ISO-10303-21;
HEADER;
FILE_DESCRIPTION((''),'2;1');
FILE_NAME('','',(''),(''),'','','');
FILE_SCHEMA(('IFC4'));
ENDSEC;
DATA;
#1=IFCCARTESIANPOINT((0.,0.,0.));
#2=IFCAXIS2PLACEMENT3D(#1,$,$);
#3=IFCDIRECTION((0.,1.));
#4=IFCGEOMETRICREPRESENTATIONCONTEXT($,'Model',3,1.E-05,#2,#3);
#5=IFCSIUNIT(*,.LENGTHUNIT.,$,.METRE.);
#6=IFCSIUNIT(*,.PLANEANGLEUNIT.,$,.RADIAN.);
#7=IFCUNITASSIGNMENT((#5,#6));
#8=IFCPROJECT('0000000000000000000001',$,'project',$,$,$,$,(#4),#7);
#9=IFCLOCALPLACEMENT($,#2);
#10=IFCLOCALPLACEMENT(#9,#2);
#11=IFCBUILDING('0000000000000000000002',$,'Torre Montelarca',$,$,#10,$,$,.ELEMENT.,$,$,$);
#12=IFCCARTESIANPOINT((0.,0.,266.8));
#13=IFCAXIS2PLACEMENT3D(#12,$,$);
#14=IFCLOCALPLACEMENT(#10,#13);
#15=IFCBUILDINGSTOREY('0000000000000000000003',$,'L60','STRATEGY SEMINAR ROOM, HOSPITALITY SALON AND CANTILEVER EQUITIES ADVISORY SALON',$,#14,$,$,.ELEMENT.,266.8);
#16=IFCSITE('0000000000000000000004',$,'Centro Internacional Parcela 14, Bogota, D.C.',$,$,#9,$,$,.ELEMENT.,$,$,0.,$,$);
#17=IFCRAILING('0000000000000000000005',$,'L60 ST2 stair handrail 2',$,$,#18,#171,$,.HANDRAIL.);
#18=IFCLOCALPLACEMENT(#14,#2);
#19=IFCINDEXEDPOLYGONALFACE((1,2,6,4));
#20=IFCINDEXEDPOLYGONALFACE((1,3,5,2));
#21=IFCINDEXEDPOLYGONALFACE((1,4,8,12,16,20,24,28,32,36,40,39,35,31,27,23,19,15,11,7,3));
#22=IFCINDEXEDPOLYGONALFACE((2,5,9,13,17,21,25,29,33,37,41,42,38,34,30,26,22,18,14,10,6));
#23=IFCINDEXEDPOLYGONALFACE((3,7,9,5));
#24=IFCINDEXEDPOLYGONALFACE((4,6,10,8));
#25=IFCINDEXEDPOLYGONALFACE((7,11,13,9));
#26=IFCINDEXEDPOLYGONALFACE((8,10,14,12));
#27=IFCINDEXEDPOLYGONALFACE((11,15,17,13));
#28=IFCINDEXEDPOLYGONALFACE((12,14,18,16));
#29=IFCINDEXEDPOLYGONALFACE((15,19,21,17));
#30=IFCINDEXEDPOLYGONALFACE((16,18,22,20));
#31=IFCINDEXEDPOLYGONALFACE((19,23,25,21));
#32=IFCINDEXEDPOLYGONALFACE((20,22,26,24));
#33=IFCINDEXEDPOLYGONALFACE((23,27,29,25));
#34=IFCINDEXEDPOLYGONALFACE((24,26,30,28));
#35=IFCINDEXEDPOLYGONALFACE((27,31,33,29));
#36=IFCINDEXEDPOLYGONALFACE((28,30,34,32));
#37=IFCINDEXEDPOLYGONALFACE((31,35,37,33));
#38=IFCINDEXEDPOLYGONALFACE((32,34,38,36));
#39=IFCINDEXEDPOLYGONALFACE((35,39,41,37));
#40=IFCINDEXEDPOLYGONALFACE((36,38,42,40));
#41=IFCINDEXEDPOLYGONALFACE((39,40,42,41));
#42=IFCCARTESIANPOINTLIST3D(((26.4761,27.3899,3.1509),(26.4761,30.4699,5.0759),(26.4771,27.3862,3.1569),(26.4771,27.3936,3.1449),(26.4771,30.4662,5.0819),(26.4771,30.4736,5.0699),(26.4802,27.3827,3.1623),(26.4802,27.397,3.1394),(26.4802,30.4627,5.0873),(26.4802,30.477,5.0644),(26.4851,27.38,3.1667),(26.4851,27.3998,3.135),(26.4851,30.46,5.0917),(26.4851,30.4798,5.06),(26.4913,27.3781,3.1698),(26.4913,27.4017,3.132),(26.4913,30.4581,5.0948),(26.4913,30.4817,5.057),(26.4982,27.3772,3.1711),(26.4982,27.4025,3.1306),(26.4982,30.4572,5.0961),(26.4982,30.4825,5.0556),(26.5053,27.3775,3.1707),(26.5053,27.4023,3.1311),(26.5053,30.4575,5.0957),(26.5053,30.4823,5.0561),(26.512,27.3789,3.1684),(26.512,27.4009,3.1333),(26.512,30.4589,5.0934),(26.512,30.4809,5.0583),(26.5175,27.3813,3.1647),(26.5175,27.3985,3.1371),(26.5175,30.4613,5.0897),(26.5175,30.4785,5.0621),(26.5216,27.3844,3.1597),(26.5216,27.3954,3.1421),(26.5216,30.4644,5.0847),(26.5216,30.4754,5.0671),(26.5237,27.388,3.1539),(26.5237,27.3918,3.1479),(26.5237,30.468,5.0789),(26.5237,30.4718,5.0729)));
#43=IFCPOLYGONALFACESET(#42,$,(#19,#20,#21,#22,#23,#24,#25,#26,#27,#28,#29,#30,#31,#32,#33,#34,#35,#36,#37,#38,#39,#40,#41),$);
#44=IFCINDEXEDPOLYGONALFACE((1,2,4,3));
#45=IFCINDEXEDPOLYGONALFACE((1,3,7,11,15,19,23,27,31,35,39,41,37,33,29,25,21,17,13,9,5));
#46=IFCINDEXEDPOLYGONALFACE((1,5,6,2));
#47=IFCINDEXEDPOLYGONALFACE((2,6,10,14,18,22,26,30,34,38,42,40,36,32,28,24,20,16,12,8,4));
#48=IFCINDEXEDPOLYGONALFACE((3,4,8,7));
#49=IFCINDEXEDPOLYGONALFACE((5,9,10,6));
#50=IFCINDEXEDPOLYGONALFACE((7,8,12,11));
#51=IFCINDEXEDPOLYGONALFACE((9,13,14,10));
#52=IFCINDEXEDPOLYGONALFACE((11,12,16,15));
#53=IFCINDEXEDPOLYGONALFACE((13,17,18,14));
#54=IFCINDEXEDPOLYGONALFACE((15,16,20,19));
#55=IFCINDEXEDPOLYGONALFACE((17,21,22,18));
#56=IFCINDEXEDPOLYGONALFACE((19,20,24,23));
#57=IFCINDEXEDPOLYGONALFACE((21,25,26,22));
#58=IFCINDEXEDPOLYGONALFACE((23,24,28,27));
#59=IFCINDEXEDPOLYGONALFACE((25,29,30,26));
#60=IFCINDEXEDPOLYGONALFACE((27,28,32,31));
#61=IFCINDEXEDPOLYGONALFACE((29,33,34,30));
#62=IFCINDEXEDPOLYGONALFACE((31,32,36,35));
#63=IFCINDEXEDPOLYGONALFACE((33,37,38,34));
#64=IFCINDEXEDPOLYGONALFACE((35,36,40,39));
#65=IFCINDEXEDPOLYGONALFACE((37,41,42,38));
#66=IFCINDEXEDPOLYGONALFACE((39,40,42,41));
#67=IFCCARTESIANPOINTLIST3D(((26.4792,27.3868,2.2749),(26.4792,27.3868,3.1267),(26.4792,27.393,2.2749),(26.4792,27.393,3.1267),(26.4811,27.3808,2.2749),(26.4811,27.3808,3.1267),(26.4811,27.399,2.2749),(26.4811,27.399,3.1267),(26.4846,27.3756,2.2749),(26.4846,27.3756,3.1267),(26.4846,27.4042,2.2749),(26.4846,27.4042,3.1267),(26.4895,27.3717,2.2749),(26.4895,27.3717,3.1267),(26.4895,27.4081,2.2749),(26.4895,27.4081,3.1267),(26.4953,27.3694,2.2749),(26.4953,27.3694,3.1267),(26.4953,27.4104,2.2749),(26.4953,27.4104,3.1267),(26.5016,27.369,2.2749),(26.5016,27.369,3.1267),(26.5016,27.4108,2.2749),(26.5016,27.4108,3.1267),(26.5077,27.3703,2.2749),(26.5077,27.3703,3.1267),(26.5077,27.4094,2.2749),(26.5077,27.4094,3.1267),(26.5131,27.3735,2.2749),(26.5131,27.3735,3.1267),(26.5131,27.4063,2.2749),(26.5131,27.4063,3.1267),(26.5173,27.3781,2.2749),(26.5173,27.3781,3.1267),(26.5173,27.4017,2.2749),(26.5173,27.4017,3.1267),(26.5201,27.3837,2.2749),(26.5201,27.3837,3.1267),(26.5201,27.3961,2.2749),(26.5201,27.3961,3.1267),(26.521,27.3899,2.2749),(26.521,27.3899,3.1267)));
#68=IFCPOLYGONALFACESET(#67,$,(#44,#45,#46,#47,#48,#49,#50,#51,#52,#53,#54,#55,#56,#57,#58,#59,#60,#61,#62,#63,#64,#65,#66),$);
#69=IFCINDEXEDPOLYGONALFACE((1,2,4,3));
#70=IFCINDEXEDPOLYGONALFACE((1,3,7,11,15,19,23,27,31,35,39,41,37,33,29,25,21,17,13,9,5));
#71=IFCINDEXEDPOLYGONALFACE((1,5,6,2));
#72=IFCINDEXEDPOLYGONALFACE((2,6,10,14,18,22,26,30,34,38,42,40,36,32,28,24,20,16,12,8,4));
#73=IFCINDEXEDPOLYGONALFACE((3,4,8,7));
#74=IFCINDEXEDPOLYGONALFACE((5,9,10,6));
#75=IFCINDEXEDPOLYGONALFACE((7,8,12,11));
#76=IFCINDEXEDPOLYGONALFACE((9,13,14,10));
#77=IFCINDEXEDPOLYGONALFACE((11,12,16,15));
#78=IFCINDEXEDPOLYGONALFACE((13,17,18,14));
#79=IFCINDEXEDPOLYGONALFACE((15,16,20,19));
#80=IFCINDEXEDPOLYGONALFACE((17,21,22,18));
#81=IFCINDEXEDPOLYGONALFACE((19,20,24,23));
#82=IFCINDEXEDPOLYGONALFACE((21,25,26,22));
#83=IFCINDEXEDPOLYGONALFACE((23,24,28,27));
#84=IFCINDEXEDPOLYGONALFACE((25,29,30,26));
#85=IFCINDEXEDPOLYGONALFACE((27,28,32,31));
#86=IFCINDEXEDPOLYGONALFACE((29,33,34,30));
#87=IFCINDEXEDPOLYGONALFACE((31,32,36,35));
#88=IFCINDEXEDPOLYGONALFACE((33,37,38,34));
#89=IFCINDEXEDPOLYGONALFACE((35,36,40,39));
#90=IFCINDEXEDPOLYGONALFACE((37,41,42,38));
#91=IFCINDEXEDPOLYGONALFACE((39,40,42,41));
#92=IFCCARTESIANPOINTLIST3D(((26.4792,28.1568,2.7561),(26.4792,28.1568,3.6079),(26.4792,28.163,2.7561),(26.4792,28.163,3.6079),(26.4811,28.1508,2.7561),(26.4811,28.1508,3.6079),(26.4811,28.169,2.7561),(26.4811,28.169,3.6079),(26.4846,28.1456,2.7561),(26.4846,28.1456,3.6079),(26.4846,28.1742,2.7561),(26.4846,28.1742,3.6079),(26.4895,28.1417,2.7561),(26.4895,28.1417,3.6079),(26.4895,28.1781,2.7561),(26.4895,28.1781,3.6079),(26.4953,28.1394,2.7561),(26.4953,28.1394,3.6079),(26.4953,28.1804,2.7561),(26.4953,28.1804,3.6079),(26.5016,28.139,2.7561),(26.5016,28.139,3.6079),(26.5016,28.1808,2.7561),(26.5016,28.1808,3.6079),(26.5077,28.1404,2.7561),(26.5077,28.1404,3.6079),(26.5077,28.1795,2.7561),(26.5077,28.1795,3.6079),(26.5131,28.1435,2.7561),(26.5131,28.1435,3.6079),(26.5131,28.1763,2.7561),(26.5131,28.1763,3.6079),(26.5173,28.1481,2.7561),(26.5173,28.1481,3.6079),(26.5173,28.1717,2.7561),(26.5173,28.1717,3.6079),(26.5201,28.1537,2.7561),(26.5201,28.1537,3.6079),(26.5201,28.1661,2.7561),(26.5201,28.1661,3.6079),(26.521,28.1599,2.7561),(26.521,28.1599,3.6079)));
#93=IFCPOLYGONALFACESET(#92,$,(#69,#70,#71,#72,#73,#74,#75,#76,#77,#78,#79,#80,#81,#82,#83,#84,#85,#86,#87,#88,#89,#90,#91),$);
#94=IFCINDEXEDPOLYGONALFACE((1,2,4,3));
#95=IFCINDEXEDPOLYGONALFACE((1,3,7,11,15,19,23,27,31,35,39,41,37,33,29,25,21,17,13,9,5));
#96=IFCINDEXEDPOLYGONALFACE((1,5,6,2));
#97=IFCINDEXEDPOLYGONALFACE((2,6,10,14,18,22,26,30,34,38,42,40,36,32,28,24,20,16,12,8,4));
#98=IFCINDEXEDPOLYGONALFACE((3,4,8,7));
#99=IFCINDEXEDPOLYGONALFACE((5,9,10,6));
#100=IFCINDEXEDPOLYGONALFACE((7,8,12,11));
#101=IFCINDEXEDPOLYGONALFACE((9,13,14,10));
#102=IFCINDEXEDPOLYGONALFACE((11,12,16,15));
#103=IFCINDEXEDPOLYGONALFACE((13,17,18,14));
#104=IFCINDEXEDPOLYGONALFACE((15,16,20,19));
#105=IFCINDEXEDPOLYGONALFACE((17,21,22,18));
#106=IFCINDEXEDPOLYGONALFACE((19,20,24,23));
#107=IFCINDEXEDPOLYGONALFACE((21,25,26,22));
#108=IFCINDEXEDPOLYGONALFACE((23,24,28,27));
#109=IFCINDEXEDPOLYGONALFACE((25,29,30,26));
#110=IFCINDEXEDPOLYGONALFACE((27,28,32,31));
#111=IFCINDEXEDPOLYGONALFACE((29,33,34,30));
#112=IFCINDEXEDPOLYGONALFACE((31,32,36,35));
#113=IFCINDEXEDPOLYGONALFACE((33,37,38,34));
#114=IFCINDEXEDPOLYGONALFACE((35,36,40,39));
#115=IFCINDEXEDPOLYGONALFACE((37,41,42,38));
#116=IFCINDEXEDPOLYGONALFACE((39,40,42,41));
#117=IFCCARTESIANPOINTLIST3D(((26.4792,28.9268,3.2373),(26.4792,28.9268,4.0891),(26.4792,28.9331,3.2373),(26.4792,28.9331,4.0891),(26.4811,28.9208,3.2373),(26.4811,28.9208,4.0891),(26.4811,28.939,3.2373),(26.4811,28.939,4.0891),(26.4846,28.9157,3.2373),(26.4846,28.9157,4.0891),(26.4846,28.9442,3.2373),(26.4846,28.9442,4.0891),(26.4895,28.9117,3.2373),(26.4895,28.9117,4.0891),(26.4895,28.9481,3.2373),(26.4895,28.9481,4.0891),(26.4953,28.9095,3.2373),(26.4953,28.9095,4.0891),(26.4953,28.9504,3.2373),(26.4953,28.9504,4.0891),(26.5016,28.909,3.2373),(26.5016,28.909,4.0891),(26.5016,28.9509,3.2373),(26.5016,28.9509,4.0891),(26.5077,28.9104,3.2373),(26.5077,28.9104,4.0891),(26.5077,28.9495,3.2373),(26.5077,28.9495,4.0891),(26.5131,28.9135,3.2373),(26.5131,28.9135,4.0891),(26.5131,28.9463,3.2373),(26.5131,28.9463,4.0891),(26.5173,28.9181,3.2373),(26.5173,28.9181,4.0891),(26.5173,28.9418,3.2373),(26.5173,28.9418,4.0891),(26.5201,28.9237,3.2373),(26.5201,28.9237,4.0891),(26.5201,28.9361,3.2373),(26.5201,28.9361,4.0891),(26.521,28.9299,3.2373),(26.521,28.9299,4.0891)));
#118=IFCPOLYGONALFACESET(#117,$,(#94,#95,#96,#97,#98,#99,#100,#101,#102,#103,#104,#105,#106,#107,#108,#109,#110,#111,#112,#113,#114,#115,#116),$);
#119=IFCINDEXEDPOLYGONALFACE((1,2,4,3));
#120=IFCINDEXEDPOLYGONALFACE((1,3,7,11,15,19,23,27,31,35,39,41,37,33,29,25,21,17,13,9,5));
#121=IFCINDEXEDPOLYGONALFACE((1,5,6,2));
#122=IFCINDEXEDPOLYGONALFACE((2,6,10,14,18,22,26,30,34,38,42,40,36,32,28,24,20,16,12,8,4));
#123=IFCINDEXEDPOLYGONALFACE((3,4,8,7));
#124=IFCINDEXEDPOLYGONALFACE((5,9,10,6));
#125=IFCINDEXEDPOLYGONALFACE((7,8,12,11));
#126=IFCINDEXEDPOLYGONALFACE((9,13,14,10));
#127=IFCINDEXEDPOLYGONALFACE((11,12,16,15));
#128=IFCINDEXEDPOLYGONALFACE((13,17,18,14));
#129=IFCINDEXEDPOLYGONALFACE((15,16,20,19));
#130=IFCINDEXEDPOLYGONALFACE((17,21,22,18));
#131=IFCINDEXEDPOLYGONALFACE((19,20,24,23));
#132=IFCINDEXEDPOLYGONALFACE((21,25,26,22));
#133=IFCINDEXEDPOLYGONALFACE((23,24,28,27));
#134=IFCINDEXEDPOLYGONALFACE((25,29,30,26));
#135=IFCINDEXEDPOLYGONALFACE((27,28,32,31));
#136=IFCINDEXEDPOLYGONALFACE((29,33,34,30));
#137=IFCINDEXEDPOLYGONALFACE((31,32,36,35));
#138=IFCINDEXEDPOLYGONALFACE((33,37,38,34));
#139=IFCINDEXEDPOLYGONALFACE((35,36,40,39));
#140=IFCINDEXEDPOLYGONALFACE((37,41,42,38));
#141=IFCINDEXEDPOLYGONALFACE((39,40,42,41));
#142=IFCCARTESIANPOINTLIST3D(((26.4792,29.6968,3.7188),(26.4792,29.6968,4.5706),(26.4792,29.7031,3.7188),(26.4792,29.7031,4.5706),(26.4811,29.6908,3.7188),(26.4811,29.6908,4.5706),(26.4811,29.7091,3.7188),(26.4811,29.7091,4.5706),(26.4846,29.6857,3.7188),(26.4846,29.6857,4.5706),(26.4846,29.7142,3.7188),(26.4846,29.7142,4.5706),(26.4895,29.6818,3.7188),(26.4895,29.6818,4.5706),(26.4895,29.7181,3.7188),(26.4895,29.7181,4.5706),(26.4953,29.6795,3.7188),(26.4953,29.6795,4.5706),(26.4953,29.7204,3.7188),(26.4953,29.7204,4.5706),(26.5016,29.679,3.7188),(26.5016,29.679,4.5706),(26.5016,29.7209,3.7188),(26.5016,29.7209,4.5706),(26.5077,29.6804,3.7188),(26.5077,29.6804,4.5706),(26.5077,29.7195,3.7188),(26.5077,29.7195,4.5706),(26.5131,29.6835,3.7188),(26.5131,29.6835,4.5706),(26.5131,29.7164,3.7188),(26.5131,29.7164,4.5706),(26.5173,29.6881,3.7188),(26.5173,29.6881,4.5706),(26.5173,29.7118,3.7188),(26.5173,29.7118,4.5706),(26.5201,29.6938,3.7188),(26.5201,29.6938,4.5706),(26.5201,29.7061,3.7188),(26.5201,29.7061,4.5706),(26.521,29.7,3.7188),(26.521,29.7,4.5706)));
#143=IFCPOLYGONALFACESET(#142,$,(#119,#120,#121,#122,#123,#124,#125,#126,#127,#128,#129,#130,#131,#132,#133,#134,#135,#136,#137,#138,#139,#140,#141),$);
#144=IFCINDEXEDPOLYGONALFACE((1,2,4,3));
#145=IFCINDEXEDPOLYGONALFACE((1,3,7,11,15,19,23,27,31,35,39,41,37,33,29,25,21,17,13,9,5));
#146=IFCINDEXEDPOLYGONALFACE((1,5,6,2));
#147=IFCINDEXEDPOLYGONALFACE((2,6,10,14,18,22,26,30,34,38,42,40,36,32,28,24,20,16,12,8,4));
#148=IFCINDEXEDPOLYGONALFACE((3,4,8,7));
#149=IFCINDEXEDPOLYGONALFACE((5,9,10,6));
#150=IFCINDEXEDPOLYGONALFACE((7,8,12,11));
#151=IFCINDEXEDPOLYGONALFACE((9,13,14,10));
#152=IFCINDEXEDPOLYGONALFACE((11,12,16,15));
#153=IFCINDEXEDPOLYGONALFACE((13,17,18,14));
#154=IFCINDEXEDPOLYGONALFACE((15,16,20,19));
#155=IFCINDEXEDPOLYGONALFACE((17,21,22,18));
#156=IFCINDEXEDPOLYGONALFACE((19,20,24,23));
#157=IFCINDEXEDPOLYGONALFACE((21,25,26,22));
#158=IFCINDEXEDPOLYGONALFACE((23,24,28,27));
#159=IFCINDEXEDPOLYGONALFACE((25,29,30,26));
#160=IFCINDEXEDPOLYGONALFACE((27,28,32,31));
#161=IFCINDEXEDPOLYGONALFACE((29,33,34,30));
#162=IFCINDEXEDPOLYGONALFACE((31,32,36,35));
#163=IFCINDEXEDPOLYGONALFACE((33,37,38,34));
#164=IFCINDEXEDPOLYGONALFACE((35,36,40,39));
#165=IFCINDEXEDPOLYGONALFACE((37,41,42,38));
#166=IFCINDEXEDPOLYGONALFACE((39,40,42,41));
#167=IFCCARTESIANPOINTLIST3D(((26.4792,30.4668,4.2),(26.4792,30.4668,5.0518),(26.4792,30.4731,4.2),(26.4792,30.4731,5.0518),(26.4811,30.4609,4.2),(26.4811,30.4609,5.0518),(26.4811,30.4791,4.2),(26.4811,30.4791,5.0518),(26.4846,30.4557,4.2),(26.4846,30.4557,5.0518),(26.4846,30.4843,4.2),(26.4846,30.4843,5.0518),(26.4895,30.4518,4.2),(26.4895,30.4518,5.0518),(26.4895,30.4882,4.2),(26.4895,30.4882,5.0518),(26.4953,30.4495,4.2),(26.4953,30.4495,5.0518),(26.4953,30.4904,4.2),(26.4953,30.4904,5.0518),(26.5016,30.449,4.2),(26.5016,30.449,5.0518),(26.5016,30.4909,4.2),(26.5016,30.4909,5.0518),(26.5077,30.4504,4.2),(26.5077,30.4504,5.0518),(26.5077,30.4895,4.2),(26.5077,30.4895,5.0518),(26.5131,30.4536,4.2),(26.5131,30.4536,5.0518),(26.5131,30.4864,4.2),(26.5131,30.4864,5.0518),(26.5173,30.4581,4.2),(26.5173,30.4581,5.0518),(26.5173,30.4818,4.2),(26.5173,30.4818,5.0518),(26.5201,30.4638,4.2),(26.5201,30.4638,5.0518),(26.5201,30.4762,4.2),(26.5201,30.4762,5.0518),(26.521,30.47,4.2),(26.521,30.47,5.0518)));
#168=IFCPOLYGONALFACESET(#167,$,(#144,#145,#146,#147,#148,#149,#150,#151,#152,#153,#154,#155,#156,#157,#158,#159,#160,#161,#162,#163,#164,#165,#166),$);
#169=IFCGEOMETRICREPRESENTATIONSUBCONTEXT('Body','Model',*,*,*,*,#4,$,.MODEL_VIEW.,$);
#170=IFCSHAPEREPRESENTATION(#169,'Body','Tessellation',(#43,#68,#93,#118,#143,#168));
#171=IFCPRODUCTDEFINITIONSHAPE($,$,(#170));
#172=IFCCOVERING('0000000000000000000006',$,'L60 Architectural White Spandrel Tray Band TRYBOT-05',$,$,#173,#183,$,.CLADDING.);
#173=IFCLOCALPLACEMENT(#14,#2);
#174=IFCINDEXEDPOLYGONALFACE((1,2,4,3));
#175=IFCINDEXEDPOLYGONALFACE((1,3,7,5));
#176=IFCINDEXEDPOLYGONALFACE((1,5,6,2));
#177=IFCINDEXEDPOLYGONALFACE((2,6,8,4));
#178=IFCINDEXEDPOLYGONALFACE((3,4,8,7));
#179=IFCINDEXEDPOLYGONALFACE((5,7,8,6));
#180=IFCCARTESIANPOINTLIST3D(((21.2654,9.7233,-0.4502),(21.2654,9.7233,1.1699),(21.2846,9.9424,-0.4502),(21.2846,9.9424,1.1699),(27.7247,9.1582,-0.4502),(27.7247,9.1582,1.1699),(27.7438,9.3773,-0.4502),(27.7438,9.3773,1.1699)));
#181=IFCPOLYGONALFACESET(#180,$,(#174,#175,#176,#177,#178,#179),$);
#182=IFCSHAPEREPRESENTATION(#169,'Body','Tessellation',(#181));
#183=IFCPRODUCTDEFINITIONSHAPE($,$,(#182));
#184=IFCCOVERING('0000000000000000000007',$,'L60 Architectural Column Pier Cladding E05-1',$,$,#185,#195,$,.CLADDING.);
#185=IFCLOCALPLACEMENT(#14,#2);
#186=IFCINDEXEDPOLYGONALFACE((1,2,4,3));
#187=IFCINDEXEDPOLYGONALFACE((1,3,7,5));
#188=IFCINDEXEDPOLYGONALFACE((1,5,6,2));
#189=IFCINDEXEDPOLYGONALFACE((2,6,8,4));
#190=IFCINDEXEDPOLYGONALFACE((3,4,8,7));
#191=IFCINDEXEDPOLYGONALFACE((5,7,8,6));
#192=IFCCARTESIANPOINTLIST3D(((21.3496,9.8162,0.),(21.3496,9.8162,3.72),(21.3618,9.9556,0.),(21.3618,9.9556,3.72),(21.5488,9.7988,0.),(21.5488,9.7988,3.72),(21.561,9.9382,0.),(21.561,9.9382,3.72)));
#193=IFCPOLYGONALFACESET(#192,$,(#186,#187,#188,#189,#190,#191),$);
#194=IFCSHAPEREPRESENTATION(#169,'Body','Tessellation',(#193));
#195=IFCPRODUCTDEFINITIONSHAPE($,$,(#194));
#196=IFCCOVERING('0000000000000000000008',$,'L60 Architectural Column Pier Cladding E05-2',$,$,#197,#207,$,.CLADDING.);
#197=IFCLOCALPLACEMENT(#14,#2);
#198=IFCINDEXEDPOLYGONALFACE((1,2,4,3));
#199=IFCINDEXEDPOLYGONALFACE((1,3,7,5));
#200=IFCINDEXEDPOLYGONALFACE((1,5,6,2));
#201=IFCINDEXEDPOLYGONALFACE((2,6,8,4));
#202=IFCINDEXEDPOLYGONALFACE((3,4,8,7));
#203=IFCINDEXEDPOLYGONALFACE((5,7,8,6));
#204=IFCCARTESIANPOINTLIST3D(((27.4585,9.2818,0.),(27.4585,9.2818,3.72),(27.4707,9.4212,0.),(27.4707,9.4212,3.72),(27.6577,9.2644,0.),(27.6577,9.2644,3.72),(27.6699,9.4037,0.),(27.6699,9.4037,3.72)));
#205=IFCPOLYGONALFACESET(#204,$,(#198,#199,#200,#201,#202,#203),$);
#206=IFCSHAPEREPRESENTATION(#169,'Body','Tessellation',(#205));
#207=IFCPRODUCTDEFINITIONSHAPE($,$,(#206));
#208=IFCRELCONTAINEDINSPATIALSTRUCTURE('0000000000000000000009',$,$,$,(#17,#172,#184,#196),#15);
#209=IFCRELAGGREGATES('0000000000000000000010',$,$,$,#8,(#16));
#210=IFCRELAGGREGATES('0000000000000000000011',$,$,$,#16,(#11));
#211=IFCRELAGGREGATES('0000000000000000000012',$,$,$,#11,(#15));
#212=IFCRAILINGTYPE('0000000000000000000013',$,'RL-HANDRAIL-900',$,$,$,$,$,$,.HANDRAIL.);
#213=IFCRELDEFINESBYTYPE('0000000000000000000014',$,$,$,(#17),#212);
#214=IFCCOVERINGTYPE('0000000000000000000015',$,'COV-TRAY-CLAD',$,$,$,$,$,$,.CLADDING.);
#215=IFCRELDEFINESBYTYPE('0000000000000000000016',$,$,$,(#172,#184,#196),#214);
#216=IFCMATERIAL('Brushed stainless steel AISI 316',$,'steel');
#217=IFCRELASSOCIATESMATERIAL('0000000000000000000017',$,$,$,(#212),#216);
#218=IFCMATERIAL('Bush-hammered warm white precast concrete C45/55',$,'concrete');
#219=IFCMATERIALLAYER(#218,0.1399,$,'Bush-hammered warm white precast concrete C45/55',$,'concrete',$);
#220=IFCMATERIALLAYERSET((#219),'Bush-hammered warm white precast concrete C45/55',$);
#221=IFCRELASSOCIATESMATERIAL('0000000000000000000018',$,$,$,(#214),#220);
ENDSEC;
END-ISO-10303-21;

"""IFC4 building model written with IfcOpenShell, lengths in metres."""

from ifc_helpers import new_model, si_unit, direction, frame, origin, origin_2d, place, context, subcontext, project, spatial, rectangle, circle, extrude, source, transform, mapped, material, layer, layer_set, type_object, element, save


model = new_model("IFC4")

# Units and contexts
model_context = context("Model", 3, precision=1e-05, world=origin(), true_north=direction((0.0, 1.0)))
body_context = subcontext(model_context, "Body", "Model", "MODEL_VIEW")
ifc_project = project(units=[si_unit("LENGTHUNIT", "METRE"), si_unit("PLANEANGLEUNIT", "RADIAN")], contexts=[model_context])

# Site, building, storey
site_placement = place(None, origin())
site = spatial("IfcSite", under=ifc_project, at=site_placement, Name="Centro Internacional Parcela 14, Bogota, D.C.", CompositionType="ELEMENT", RefElevation=0.0)
building_placement = place(site_placement, origin())
building = spatial("IfcBuilding", under=site, at=building_placement, Name="Torre Montelarca", CompositionType="ELEMENT")
storey_placement = place(building_placement, frame((0.0, 0.0, 266.8)))
storey = spatial("IfcBuildingStorey", under=building, at=storey_placement, Name="L60", Description="STRATEGY SEMINAR ROOM, HOSPITALITY SALON AND CANTILEVER EQUITIES ADVISORY SALON", CompositionType="ELEMENT", Elevation=266.8)

# Railing
ifc_material_1 = material(Name="Brushed stainless steel AISI 316", Category="steel")
railing_type_1 = type_object("IfcRailingType", Name="RL-HANDRAIL-900", PredefinedType="HANDRAIL", material=ifc_material_1)
railing_1_placement = place(storey_placement, frame((26.5, 27.3899, 2.2749)))
element("IfcRailing", 1, at=railing_1_placement, inside=storey, type_object=railing_type_1, Name="L60 ST2 stair handrail 2", PredefinedType="HANDRAIL", context=body_context, shape_type="SweptSolid", body=[
    extrude(circle(Radius=0.0239, at=origin_2d()), frame((0.0, 0.0, 0.876), z_axis=(0.0, 0.847998, 0.529999), x_axis=(-1.0, 0.0, 0.0)), (0.0, 0.0, 1.0), 3.6321),
    extrude(circle(Radius=0.021, at=origin_2d()), origin(), (0.0, 0.0, 1.0), 0.8518),
    extrude(circle(Radius=0.021, at=origin_2d()), frame((0.0, 0.77, 0.4812)), (0.0, 0.0, 1.0), 0.8518),
    extrude(circle(Radius=0.021, at=origin_2d()), frame((0.0, 1.54, 0.9624)), (0.0, 0.0, 1.0), 0.8518),
    extrude(circle(Radius=0.021, at=origin_2d()), frame((0.0, 2.3101, 1.4438)), (0.0, 0.0, 1.0), 0.8518),
    extrude(circle(Radius=0.021, at=origin_2d()), frame((0.0, 3.0801, 1.925)), (0.0, 0.0, 1.0), 0.8518),
])

# Coverings
ifc_material_2 = material(Name="Bush-hammered warm white precast concrete C45/55", Category="concrete")
ifc_layer_1 = layer(ifc_material_2, 0.1399, Name="Bush-hammered warm white precast concrete C45/55", Category="concrete")
ifc_layer_set_1 = layer_set([ifc_layer_1], Name="Bush-hammered warm white precast concrete C45/55")
covering_type = type_object("IfcCoveringType", Name="COV-TRAY-CLAD", PredefinedType="CLADDING", material=ifc_layer_set_1)
shared_shape_1 = source(origin(), body_context, "Body", "SweptSolid", [
    extrude(rectangle(XDim=6.4839, YDim=0.22, at=origin_2d()), origin(), (0.0, 0.0, 1.0), 1.6201),
])
covering_1_placement = place(storey_placement, frame((24.5046, 9.5503, -0.4502), z_axis=(0.0, 0.0, 1.0), x_axis=(0.996195, -0.087147, 0.0)))
element("IfcCovering", 2, at=covering_1_placement, inside=storey, type_object=covering_type, Name="L60 Architectural White Spandrel Tray Band TRYBOT-05", PredefinedType="CLADDING", context=body_context, shape_type="MappedRepresentation", body=[
    mapped(shared_shape_1, transform((0.0, 0.0, 0.0), scale=1.0)),
])
shared_shape_2 = source(origin(), body_context, "Body", "SweptSolid", [
    extrude(rectangle(XDim=0.2, YDim=0.1399, at=origin_2d()), origin(), (0.0, 0.0, 1.0), 3.72),
])
for number, where, z_axis, x_axis, name in (
    (3, (21.4553, 9.8772, 0.0), (0.0, 0.0, 1.0), (0.996194, -0.087161, 0.0), "L60 Architectural Column Pier Cladding E05-1"),
    (4, (27.5642, 9.3428, 0.0), (0.0, 0.0, 1.0), (0.996194, -0.087161, 0.0), "L60 Architectural Column Pier Cladding E05-2"),
):
    element("IfcCovering", number, at=place(storey_placement, frame(where, z_axis=z_axis, x_axis=x_axis)), inside=storey, type_object=covering_type, Name=name, PredefinedType="CLADDING", context=body_context, shape_type="MappedRepresentation", body=[
        mapped(shared_shape_2, transform((0.0, 0.0, 0.0), scale=1.0)),
    ])

save(model, "model.ifc")
